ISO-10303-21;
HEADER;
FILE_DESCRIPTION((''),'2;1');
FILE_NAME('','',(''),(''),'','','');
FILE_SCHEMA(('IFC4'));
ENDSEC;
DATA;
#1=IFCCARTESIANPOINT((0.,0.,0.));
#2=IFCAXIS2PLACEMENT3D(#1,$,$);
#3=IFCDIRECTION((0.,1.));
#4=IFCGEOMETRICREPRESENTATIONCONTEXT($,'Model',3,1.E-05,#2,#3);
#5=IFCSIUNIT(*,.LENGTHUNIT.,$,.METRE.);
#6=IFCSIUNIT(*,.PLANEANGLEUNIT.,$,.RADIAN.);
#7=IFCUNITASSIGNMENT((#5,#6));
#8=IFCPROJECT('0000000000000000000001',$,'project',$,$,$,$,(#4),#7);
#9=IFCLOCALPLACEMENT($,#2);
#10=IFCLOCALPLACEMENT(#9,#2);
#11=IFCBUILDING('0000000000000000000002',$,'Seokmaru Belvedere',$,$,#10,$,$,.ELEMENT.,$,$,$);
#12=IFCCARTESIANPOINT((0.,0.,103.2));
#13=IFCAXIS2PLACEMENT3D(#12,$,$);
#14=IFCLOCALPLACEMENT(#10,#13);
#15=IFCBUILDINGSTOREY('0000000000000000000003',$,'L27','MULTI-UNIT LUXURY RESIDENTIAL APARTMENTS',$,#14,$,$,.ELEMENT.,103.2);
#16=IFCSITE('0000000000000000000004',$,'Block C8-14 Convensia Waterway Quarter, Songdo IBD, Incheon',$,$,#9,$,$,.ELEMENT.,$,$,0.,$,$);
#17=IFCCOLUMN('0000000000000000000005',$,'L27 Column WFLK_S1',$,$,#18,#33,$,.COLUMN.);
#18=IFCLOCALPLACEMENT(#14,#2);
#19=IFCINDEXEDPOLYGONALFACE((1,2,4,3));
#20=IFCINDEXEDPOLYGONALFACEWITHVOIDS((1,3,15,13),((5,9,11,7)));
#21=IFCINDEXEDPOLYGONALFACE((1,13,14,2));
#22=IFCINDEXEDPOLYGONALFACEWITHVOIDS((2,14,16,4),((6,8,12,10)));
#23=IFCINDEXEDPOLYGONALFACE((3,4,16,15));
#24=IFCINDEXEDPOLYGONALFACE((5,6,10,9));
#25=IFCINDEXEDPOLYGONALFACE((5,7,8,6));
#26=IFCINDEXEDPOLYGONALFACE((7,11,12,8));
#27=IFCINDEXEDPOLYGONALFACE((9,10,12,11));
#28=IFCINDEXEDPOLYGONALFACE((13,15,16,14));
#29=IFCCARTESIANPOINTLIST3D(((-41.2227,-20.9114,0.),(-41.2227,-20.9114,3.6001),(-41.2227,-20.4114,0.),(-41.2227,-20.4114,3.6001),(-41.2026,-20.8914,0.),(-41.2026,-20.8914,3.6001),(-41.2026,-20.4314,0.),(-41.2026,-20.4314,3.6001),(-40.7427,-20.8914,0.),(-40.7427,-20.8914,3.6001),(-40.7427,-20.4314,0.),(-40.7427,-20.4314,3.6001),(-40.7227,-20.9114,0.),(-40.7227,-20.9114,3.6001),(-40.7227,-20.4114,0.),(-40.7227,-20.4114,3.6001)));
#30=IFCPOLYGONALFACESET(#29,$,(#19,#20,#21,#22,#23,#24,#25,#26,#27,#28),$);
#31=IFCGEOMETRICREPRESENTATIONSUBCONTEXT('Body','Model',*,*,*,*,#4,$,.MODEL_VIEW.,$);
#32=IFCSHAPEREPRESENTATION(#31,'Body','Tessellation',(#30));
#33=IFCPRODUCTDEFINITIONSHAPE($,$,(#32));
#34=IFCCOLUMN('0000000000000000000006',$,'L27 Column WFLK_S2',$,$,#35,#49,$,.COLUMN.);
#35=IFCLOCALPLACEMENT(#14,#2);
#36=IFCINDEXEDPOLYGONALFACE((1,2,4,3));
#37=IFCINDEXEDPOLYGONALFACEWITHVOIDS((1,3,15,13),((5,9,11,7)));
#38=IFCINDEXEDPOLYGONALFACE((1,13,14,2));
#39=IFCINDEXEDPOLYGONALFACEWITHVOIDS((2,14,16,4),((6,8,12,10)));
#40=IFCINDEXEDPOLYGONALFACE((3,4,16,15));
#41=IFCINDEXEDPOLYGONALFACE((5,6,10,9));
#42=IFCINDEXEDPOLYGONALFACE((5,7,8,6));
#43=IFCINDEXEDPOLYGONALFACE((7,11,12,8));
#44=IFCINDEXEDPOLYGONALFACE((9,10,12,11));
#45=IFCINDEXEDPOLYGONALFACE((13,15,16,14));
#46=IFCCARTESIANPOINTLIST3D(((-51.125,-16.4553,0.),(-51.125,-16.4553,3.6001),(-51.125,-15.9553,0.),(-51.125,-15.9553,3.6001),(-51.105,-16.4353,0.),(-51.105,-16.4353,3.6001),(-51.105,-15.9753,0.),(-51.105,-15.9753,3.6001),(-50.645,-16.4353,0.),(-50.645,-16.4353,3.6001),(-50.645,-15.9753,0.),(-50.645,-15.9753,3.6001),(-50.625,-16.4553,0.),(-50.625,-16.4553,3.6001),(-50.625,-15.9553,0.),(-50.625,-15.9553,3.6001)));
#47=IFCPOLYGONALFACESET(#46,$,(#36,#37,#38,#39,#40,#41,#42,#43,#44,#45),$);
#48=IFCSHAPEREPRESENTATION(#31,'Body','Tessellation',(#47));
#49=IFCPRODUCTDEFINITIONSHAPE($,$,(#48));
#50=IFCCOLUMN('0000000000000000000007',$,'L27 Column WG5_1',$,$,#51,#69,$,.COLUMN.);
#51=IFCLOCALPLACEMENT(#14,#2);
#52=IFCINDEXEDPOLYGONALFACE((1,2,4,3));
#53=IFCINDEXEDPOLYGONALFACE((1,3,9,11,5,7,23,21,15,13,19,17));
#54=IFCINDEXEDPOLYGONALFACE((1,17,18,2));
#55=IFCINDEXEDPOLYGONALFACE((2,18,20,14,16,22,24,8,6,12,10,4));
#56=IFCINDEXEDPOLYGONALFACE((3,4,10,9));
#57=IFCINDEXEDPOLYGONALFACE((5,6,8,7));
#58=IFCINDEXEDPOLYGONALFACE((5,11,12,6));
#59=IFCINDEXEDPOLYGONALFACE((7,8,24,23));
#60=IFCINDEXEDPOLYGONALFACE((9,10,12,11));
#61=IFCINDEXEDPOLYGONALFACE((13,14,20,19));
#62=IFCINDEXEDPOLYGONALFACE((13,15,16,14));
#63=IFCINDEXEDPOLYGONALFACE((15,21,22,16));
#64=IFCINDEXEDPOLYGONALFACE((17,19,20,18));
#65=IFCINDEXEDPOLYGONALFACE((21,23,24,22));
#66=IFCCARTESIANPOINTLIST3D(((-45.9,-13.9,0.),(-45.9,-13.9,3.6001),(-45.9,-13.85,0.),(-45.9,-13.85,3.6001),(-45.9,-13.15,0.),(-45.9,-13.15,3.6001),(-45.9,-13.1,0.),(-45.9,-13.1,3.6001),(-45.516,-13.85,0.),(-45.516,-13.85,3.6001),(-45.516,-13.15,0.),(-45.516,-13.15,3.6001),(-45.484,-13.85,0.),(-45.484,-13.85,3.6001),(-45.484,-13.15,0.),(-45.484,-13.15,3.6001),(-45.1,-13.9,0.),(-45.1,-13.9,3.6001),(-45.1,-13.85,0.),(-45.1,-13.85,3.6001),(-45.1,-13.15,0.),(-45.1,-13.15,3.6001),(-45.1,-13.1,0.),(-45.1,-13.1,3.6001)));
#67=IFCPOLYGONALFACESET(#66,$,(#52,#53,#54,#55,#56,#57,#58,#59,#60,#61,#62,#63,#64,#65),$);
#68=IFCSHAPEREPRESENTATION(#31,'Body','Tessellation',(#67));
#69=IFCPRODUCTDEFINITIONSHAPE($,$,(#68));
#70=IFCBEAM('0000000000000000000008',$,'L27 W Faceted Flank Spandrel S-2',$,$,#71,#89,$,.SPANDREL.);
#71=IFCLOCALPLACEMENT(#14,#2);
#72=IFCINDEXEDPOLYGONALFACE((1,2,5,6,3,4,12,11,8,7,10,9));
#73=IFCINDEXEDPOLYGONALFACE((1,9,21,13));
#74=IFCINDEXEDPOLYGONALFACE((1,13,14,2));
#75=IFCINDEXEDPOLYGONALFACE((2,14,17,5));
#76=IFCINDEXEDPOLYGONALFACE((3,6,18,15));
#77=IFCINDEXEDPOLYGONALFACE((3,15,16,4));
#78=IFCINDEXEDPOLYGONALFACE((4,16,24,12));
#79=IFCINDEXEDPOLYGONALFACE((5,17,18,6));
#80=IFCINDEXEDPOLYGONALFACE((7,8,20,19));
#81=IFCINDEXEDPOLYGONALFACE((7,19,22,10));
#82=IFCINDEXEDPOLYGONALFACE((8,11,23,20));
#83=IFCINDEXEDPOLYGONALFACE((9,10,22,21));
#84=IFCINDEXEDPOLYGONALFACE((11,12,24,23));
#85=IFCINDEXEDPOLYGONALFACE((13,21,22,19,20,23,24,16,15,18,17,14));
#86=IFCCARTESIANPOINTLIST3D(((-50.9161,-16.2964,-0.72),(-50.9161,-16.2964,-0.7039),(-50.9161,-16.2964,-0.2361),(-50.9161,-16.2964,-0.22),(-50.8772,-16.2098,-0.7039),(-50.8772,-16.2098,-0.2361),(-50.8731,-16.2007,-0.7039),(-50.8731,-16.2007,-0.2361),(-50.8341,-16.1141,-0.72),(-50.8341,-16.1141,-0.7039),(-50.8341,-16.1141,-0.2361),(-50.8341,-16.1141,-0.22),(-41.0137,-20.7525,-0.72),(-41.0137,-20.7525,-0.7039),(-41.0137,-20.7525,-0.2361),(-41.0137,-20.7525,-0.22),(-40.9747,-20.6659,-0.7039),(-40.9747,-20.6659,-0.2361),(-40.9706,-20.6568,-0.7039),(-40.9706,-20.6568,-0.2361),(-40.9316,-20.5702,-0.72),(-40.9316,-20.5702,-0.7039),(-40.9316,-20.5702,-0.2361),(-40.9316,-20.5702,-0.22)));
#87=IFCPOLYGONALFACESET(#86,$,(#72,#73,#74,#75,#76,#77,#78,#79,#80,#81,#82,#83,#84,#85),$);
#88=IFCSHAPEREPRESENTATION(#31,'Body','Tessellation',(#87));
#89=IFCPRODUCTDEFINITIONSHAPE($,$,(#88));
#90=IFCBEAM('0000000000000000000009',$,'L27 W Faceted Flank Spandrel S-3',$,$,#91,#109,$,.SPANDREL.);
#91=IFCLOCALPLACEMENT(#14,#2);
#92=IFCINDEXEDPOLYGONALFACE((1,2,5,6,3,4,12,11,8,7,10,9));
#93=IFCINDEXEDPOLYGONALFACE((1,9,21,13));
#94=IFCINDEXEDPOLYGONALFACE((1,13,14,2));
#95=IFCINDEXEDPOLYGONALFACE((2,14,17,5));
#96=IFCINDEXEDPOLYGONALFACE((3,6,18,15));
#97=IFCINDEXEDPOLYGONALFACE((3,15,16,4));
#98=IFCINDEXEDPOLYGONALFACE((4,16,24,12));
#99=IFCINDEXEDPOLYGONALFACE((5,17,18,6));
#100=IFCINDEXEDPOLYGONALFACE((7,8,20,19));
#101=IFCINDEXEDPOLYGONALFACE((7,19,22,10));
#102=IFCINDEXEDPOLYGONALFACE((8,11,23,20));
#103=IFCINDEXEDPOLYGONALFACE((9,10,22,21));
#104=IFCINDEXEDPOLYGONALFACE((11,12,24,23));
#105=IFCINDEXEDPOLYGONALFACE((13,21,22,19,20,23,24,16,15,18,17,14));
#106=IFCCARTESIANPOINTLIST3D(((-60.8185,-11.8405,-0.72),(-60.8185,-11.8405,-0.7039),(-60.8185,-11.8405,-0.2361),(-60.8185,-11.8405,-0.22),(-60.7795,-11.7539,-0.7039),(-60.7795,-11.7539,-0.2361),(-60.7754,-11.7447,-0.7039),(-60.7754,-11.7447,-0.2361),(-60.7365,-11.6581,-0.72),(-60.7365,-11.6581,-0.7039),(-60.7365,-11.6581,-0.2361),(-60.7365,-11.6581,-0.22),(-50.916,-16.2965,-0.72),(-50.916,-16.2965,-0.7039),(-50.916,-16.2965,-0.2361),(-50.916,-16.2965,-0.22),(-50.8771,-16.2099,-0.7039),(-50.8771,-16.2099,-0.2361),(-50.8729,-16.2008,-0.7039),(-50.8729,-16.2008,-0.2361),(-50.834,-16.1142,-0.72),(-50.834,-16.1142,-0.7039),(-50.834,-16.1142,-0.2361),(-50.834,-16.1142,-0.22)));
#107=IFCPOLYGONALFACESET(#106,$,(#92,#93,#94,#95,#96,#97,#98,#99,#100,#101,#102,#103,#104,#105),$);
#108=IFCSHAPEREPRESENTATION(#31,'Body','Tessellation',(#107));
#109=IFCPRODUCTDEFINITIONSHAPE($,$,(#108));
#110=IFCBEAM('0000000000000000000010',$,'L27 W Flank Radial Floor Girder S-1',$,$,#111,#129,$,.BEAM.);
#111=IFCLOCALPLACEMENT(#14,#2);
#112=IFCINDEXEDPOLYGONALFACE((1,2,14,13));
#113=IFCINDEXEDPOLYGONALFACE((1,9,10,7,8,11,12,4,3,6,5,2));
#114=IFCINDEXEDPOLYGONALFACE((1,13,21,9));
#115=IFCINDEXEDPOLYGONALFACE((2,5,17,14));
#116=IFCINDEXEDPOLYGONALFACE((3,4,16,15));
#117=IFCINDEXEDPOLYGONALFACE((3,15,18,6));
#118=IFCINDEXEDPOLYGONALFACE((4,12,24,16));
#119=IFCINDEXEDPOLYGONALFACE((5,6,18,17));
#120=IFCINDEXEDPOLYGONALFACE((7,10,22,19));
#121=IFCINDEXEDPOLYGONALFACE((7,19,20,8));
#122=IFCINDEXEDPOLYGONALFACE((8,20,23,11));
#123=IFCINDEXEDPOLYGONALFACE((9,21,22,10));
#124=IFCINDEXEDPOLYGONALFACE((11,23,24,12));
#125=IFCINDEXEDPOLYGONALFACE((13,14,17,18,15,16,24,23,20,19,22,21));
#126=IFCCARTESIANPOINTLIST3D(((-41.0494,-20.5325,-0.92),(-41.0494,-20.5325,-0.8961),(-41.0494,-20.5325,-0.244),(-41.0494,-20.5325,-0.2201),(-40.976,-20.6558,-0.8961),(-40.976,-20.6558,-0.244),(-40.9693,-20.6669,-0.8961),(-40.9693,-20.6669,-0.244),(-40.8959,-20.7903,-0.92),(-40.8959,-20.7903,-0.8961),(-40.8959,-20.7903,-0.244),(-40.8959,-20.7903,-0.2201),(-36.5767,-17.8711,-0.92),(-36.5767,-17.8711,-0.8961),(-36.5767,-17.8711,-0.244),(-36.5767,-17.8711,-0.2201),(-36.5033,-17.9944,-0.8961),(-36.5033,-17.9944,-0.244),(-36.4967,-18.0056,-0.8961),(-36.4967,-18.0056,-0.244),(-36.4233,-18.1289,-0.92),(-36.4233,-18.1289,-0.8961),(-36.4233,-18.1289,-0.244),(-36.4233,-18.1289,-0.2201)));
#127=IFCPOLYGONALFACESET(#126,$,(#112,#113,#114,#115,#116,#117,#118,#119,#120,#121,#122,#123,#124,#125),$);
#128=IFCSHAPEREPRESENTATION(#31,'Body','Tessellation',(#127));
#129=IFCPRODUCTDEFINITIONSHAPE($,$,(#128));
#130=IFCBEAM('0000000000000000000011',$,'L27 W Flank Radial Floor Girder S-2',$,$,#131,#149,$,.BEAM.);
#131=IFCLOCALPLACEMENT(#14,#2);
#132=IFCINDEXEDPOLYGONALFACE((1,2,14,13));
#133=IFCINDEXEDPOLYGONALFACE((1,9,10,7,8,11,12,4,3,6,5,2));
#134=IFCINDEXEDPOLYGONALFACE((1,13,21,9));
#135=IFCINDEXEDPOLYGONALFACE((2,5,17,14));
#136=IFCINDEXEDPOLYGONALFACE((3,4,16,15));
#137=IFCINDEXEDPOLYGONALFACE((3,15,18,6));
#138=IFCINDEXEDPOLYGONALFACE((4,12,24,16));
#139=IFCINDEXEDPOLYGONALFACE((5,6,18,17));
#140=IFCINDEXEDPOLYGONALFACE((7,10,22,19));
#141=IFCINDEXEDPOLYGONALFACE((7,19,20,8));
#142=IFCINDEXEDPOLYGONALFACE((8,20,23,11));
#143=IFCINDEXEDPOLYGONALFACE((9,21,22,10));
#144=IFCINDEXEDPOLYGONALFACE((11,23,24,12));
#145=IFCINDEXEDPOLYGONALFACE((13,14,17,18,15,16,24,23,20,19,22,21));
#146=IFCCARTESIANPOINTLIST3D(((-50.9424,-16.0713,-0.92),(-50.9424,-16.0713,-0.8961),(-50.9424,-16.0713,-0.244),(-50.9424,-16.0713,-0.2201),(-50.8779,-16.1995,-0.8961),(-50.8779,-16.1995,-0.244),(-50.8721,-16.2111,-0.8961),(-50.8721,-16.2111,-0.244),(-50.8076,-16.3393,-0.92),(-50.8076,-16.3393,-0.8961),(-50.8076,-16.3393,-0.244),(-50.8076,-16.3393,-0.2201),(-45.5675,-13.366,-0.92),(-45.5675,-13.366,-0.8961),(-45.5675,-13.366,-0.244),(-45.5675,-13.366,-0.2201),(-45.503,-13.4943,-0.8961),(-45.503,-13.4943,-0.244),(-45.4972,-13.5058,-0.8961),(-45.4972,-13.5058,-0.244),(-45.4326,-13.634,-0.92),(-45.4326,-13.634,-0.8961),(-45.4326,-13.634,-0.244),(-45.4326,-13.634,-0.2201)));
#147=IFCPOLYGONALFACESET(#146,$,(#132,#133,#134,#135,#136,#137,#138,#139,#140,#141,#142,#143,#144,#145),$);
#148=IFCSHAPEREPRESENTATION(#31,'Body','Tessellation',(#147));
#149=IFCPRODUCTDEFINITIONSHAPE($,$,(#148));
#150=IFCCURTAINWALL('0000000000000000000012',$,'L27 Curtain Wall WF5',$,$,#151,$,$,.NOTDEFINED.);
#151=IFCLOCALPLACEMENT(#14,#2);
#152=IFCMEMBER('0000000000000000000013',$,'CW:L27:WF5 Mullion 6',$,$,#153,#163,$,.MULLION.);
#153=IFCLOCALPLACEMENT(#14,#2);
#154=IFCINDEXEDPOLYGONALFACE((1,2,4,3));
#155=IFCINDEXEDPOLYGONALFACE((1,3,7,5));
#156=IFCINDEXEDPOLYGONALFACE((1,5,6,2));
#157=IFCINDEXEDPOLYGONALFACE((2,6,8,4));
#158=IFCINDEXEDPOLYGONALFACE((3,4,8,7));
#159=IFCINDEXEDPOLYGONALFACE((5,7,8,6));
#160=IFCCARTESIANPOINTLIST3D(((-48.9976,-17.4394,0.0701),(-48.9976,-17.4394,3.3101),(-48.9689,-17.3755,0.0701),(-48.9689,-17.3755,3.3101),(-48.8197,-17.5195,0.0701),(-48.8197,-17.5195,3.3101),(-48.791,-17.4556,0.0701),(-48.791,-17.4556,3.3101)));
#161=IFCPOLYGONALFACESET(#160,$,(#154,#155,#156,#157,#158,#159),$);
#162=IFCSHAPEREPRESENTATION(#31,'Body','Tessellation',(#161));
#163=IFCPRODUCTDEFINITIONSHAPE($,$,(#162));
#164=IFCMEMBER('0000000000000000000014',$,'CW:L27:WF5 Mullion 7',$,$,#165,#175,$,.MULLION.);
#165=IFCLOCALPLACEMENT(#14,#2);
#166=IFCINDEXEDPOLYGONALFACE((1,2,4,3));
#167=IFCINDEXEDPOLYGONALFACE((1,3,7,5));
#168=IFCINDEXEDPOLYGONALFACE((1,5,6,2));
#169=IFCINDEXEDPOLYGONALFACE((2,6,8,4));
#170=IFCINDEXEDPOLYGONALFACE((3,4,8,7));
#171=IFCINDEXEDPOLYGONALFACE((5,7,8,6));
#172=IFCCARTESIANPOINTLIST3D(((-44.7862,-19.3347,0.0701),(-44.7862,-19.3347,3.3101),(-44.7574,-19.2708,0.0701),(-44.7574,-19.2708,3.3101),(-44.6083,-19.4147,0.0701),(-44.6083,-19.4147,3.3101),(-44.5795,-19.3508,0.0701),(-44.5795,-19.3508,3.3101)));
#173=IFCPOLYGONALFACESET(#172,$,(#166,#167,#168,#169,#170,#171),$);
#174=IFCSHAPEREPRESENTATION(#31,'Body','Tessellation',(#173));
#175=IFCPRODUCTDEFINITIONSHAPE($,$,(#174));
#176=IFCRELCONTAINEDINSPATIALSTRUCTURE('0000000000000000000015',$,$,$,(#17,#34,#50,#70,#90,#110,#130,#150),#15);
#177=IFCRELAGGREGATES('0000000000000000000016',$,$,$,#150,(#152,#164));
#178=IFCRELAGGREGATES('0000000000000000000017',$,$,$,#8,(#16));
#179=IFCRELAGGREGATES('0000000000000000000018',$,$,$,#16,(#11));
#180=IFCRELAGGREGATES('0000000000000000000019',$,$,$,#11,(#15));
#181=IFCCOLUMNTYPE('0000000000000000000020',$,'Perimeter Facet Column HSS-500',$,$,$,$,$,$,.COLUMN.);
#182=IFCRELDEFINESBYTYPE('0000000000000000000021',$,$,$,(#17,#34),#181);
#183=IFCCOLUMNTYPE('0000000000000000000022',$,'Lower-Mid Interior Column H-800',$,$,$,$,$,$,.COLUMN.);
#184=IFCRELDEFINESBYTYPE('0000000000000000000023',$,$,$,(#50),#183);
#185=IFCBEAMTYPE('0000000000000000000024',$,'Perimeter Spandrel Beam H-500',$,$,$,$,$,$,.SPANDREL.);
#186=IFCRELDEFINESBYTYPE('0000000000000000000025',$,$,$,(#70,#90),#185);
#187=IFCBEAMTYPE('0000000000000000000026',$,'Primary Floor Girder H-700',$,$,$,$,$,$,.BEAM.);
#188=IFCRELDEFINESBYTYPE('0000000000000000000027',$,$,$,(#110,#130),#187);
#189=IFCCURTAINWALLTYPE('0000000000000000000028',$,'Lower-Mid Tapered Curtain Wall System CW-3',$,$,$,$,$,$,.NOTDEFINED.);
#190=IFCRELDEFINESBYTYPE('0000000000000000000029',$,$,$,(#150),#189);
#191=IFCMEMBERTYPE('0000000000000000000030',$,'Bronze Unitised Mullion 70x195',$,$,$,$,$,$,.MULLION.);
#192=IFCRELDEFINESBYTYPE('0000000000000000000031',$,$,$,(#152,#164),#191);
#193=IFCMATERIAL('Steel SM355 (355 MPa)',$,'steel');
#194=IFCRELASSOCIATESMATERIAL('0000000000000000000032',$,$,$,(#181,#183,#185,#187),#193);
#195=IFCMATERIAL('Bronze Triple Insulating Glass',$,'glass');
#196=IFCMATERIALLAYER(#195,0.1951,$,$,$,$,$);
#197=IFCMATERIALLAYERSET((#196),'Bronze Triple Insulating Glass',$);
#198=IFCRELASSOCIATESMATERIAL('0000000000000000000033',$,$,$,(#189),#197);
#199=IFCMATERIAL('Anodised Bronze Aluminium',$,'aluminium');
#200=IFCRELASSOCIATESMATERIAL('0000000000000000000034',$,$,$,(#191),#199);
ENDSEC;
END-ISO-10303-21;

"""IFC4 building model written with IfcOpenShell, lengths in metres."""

from ifc_helpers import new_model, si_unit, direction, frame, origin, origin_2d, place, context, subcontext, project, spatial, rectangle, hollow_rectangle, i_section, extrude, source, transform, mapped, material, layer, layer_set, material_profile, profile_set, type_object, type_shapes, element, aggregate, save


model = new_model("IFC4")

# Units and contexts
model_context = context("Model", 3, precision=1e-05, world=origin(), true_north=direction((0.0, 1.0)))
body_context = subcontext(model_context, "Body", "Model", "MODEL_VIEW")
ifc_project = project(units=[si_unit("LENGTHUNIT", "METRE"), si_unit("PLANEANGLEUNIT", "RADIAN")], contexts=[model_context])

# Site, building, storey
site_placement = place(None, origin())
site = spatial("IfcSite", under=ifc_project, at=site_placement, Name="Block C8-14 Convensia Waterway Quarter, Songdo IBD, Incheon", CompositionType="ELEMENT", RefElevation=0.0)
building_placement = place(site_placement, origin())
building = spatial("IfcBuilding", under=site, at=building_placement, Name="Seokmaru Belvedere", CompositionType="ELEMENT")
storey_placement = place(building_placement, frame((0.0, 0.0, 103.2)))
storey = spatial("IfcBuildingStorey", under=building, at=storey_placement, Name="L27", Description="MULTI-UNIT LUXURY RESIDENTIAL APARTMENTS", CompositionType="ELEMENT", Elevation=103.2)

# Columns
ifc_material_1 = material(Name="Steel SM355 (355 MPa)", Category="steel")
ifc_material_profile_1 = material_profile(ifc_material_1, hollow_rectangle(XDim=0.5, YDim=0.5, WallThickness=0.02, at=origin_2d()), Name="HSS-500x500x20")
ifc_profile_set_1 = profile_set([ifc_material_profile_1], Name="Steel SM355 (355 MPa)")
column_type_1 = type_object("IfcColumnType", Name="Perimeter Facet Column HSS-500", PredefinedType="COLUMN", material=ifc_profile_set_1)
shared_shape_1 = source(origin(), body_context, "Body", "SweptSolid", [
    extrude(hollow_rectangle(XDim=0.5, YDim=0.5, WallThickness=0.02, at=origin_2d()), origin(), (0.0, 0.0, 1.0), 3.6001),
])
type_shapes(column_type_1, [shared_shape_1])
for number, where, z_axis, x_axis, name in (
    (1, (-40.9727, -20.6614, 0.0), (0.0, 0.0, 1.0), (1.0, 0.0, 0.0), "L27 Column WFLK_S1"),
    (2, (-50.875, -16.2053, 0.0), (0.0, 0.0, 1.0), (1.0, 0.0, 0.0), "L27 Column WFLK_S2"),
):
    element("IfcColumn", number, at=place(storey_placement, frame(where, z_axis=z_axis, x_axis=x_axis)), inside=storey, type_object=column_type_1, Name=name, PredefinedType="COLUMN", context=body_context, shape_type="MappedRepresentation", body=[
        mapped(shared_shape_1, transform((0.0, 0.0, 0.0), scale=1.0)),
    ])
ifc_material_profile_2 = material_profile(ifc_material_1, i_section(OverallWidth=0.8, OverallDepth=0.8, WebThickness=0.032, FlangeThickness=0.05, at=origin_2d()), Name="H-800x800x32x50")
ifc_profile_set_2 = profile_set([ifc_material_profile_2], Name="Steel SM355 (355 MPa)")
column_type_2 = type_object("IfcColumnType", Name="Lower-Mid Interior Column H-800", PredefinedType="COLUMN", material=ifc_profile_set_2)
shared_shape_2 = source(origin(), body_context, "Body", "SweptSolid", [
    extrude(i_section(OverallWidth=0.8, OverallDepth=0.8, WebThickness=0.032, FlangeThickness=0.05, at=origin_2d()), origin(), (0.0, 0.0, 1.0), 3.6001),
])
type_shapes(column_type_2, [shared_shape_2])
column_placement = place(storey_placement, frame((-45.5, -13.5, 0.0), z_axis=(0.0, 0.0, 1.0), x_axis=(1.0, 0.0, 0.0)))
element("IfcColumn", 3, at=column_placement, inside=storey, type_object=column_type_2, Name="L27 Column WG5_1", PredefinedType="COLUMN", context=body_context, shape_type="MappedRepresentation", body=[
    mapped(shared_shape_2, transform((0.0, 0.0, 0.0), scale=1.0)),
])

# Beams
ifc_material_profile_3 = material_profile(ifc_material_1, i_section(OverallWidth=0.2, OverallDepth=0.5, WebThickness=0.01, FlangeThickness=0.0161, at=origin_2d()), Name="H-500x200x10x16")
ifc_profile_set_3 = profile_set([ifc_material_profile_3], Name="Steel SM355 (355 MPa)")
beam_type_1 = type_object("IfcBeamType", Name="Perimeter Spandrel Beam H-500", PredefinedType="SPANDREL", material=ifc_profile_set_3)
shared_shape_3 = source(origin(), body_context, "Body", "SweptSolid", [
    extrude(i_section(OverallWidth=0.2, OverallDepth=0.5, WebThickness=0.01, FlangeThickness=0.0161, at=origin_2d()), origin(), (0.0, 0.0, 1.0), 10.8589),
])
type_shapes(beam_type_1, [shared_shape_3])
for number, where, z_axis, x_axis, name in (
    (4, (-40.9727, -20.6614, -0.47), (-0.911922, 0.410365, 0.0), (-0.410365, -0.911922, 0.0), "L27 W Faceted Flank Spandrel S-2"),
    (5, (-50.875, -16.2053, -0.47), (-0.911925, 0.410356, 0.0), (-0.410356, -0.911925, 0.0), "L27 W Faceted Flank Spandrel S-3"),
):
    element("IfcBeam", number, at=place(storey_placement, frame(where, z_axis=z_axis, x_axis=x_axis)), inside=storey, type_object=beam_type_1, Name=name, PredefinedType="SPANDREL", context=body_context, shape_type="MappedRepresentation", body=[
        mapped(shared_shape_3, transform((0.0, 0.0, 0.0), scale=1.0)),
    ])
ifc_material_profile_4 = material_profile(ifc_material_1, i_section(OverallWidth=0.3, OverallDepth=0.7, WebThickness=0.0129, FlangeThickness=0.0239, at=origin_2d()), Name="H-700x300x13x24")
ifc_profile_set_4 = profile_set([ifc_material_profile_4], Name="Steel SM355 (355 MPa)")
beam_type_2 = type_object("IfcBeamType", Name="Primary Floor Girder H-700", PredefinedType="BEAM", material=ifc_profile_set_4)
shared_shape_4 = source(origin(), body_context, "Body", "SweptSolid", [
    extrude(i_section(OverallWidth=0.3, OverallDepth=0.7, WebThickness=0.0129, FlangeThickness=0.0239, at=origin_2d()), origin(), (0.0, 0.0, 1.0), 5.2046),
])
beam_1_placement = place(storey_placement, frame((-40.9727, -20.6614, -0.5701), z_axis=(0.85937, 0.511354, 0.0), x_axis=(-0.511354, 0.85937, 0.0)))
element("IfcBeam", 6, at=beam_1_placement, inside=storey, type_object=beam_type_2, Name="L27 W Flank Radial Floor Girder S-1", PredefinedType="BEAM", context=body_context, shape_type="MappedRepresentation", body=[
    mapped(shared_shape_4, transform((0.0, 0.0, 0.0), scale=1.0)),
])
shared_shape_5 = source(origin(), body_context, "Body", "SweptSolid", [
    extrude(i_section(OverallWidth=0.3, OverallDepth=0.7, WebThickness=0.0129, FlangeThickness=0.0239, at=origin_2d()), origin(), (0.0, 0.0, 1.0), 6.0173),
])
type_shapes(beam_type_2, [shared_shape_4, shared_shape_5])
beam_2_placement = place(storey_placement, frame((-50.875, -16.2053, -0.5701), z_axis=(0.893239, 0.449581, 0.0), x_axis=(-0.449581, 0.893239, 0.0)))
element("IfcBeam", 7, at=beam_2_placement, inside=storey, type_object=beam_type_2, Name="L27 W Flank Radial Floor Girder S-2", PredefinedType="BEAM", context=body_context, shape_type="MappedRepresentation", body=[
    mapped(shared_shape_5, transform((0.0, 0.0, 0.0), scale=1.0)),
])

# Curtain wall, members
ifc_material_2 = material(Name="Bronze Triple Insulating Glass", Category="glass")
ifc_layer_1 = layer(ifc_material_2, 0.1951)
ifc_layer_set_1 = layer_set([ifc_layer_1], Name="Bronze Triple Insulating Glass")
curtain_wall_type = type_object("IfcCurtainWallType", Name="Lower-Mid Tapered Curtain Wall System CW-3", PredefinedType="NOTDEFINED", material=ifc_layer_set_1)
curtain_wall_placement = place(storey_placement, origin())
curtain_wall = element("IfcCurtainWall", 8, at=curtain_wall_placement, inside=storey, type_object=curtain_wall_type, Name="L27 Curtain Wall WF5", PredefinedType="NOTDEFINED")
ifc_material_3 = material(Name="Anodised Bronze Aluminium", Category="aluminium")
ifc_material_profile_5 = material_profile(ifc_material_3, rectangle(XDim=0.0701, YDim=0.1951, at=origin_2d()), Name="CW-M-70x195")
ifc_profile_set_5 = profile_set([ifc_material_profile_5], Name="Anodised Bronze Aluminium")
member_type = type_object("IfcMemberType", Name="Bronze Unitised Mullion 70x195", PredefinedType="MULLION", material=ifc_profile_set_5)
shared_shape_6 = source(origin(), body_context, "Body", "SweptSolid", [
    extrude(rectangle(XDim=0.0701, YDim=0.1951, at=origin_2d()), origin(), (0.0, 0.0, 1.0), 3.24),
])
type_shapes(member_type, [shared_shape_6])
member_1_placement = place(storey_placement, frame((-48.8943, -17.4475, 0.0701), z_axis=(0.0, 0.0, 1.0), x_axis=(0.410366, 0.911921, 0.0)))
member_1 = element("IfcMember", 9, at=member_1_placement, type_object=member_type, Name="CW:L27:WF5 Mullion 6", PredefinedType="MULLION", context=body_context, shape_type="MappedRepresentation", body=[
    mapped(shared_shape_6, transform((0.0, 0.0, 0.0), scale=1.0)),
])
member_2_placement = place(storey_placement, frame((-44.6829, -19.3428, 0.0701), z_axis=(0.0, 0.0, 1.0), x_axis=(0.410366, 0.911921, 0.0)))
member_2 = element("IfcMember", 10, at=member_2_placement, type_object=member_type, Name="CW:L27:WF5 Mullion 7", PredefinedType="MULLION", context=body_context, shape_type="MappedRepresentation", body=[
    mapped(shared_shape_6, transform((0.0, 0.0, 0.0), scale=1.0)),
])
aggregate(curtain_wall, [member_1, member_2])

save(model, "model.ifc")
